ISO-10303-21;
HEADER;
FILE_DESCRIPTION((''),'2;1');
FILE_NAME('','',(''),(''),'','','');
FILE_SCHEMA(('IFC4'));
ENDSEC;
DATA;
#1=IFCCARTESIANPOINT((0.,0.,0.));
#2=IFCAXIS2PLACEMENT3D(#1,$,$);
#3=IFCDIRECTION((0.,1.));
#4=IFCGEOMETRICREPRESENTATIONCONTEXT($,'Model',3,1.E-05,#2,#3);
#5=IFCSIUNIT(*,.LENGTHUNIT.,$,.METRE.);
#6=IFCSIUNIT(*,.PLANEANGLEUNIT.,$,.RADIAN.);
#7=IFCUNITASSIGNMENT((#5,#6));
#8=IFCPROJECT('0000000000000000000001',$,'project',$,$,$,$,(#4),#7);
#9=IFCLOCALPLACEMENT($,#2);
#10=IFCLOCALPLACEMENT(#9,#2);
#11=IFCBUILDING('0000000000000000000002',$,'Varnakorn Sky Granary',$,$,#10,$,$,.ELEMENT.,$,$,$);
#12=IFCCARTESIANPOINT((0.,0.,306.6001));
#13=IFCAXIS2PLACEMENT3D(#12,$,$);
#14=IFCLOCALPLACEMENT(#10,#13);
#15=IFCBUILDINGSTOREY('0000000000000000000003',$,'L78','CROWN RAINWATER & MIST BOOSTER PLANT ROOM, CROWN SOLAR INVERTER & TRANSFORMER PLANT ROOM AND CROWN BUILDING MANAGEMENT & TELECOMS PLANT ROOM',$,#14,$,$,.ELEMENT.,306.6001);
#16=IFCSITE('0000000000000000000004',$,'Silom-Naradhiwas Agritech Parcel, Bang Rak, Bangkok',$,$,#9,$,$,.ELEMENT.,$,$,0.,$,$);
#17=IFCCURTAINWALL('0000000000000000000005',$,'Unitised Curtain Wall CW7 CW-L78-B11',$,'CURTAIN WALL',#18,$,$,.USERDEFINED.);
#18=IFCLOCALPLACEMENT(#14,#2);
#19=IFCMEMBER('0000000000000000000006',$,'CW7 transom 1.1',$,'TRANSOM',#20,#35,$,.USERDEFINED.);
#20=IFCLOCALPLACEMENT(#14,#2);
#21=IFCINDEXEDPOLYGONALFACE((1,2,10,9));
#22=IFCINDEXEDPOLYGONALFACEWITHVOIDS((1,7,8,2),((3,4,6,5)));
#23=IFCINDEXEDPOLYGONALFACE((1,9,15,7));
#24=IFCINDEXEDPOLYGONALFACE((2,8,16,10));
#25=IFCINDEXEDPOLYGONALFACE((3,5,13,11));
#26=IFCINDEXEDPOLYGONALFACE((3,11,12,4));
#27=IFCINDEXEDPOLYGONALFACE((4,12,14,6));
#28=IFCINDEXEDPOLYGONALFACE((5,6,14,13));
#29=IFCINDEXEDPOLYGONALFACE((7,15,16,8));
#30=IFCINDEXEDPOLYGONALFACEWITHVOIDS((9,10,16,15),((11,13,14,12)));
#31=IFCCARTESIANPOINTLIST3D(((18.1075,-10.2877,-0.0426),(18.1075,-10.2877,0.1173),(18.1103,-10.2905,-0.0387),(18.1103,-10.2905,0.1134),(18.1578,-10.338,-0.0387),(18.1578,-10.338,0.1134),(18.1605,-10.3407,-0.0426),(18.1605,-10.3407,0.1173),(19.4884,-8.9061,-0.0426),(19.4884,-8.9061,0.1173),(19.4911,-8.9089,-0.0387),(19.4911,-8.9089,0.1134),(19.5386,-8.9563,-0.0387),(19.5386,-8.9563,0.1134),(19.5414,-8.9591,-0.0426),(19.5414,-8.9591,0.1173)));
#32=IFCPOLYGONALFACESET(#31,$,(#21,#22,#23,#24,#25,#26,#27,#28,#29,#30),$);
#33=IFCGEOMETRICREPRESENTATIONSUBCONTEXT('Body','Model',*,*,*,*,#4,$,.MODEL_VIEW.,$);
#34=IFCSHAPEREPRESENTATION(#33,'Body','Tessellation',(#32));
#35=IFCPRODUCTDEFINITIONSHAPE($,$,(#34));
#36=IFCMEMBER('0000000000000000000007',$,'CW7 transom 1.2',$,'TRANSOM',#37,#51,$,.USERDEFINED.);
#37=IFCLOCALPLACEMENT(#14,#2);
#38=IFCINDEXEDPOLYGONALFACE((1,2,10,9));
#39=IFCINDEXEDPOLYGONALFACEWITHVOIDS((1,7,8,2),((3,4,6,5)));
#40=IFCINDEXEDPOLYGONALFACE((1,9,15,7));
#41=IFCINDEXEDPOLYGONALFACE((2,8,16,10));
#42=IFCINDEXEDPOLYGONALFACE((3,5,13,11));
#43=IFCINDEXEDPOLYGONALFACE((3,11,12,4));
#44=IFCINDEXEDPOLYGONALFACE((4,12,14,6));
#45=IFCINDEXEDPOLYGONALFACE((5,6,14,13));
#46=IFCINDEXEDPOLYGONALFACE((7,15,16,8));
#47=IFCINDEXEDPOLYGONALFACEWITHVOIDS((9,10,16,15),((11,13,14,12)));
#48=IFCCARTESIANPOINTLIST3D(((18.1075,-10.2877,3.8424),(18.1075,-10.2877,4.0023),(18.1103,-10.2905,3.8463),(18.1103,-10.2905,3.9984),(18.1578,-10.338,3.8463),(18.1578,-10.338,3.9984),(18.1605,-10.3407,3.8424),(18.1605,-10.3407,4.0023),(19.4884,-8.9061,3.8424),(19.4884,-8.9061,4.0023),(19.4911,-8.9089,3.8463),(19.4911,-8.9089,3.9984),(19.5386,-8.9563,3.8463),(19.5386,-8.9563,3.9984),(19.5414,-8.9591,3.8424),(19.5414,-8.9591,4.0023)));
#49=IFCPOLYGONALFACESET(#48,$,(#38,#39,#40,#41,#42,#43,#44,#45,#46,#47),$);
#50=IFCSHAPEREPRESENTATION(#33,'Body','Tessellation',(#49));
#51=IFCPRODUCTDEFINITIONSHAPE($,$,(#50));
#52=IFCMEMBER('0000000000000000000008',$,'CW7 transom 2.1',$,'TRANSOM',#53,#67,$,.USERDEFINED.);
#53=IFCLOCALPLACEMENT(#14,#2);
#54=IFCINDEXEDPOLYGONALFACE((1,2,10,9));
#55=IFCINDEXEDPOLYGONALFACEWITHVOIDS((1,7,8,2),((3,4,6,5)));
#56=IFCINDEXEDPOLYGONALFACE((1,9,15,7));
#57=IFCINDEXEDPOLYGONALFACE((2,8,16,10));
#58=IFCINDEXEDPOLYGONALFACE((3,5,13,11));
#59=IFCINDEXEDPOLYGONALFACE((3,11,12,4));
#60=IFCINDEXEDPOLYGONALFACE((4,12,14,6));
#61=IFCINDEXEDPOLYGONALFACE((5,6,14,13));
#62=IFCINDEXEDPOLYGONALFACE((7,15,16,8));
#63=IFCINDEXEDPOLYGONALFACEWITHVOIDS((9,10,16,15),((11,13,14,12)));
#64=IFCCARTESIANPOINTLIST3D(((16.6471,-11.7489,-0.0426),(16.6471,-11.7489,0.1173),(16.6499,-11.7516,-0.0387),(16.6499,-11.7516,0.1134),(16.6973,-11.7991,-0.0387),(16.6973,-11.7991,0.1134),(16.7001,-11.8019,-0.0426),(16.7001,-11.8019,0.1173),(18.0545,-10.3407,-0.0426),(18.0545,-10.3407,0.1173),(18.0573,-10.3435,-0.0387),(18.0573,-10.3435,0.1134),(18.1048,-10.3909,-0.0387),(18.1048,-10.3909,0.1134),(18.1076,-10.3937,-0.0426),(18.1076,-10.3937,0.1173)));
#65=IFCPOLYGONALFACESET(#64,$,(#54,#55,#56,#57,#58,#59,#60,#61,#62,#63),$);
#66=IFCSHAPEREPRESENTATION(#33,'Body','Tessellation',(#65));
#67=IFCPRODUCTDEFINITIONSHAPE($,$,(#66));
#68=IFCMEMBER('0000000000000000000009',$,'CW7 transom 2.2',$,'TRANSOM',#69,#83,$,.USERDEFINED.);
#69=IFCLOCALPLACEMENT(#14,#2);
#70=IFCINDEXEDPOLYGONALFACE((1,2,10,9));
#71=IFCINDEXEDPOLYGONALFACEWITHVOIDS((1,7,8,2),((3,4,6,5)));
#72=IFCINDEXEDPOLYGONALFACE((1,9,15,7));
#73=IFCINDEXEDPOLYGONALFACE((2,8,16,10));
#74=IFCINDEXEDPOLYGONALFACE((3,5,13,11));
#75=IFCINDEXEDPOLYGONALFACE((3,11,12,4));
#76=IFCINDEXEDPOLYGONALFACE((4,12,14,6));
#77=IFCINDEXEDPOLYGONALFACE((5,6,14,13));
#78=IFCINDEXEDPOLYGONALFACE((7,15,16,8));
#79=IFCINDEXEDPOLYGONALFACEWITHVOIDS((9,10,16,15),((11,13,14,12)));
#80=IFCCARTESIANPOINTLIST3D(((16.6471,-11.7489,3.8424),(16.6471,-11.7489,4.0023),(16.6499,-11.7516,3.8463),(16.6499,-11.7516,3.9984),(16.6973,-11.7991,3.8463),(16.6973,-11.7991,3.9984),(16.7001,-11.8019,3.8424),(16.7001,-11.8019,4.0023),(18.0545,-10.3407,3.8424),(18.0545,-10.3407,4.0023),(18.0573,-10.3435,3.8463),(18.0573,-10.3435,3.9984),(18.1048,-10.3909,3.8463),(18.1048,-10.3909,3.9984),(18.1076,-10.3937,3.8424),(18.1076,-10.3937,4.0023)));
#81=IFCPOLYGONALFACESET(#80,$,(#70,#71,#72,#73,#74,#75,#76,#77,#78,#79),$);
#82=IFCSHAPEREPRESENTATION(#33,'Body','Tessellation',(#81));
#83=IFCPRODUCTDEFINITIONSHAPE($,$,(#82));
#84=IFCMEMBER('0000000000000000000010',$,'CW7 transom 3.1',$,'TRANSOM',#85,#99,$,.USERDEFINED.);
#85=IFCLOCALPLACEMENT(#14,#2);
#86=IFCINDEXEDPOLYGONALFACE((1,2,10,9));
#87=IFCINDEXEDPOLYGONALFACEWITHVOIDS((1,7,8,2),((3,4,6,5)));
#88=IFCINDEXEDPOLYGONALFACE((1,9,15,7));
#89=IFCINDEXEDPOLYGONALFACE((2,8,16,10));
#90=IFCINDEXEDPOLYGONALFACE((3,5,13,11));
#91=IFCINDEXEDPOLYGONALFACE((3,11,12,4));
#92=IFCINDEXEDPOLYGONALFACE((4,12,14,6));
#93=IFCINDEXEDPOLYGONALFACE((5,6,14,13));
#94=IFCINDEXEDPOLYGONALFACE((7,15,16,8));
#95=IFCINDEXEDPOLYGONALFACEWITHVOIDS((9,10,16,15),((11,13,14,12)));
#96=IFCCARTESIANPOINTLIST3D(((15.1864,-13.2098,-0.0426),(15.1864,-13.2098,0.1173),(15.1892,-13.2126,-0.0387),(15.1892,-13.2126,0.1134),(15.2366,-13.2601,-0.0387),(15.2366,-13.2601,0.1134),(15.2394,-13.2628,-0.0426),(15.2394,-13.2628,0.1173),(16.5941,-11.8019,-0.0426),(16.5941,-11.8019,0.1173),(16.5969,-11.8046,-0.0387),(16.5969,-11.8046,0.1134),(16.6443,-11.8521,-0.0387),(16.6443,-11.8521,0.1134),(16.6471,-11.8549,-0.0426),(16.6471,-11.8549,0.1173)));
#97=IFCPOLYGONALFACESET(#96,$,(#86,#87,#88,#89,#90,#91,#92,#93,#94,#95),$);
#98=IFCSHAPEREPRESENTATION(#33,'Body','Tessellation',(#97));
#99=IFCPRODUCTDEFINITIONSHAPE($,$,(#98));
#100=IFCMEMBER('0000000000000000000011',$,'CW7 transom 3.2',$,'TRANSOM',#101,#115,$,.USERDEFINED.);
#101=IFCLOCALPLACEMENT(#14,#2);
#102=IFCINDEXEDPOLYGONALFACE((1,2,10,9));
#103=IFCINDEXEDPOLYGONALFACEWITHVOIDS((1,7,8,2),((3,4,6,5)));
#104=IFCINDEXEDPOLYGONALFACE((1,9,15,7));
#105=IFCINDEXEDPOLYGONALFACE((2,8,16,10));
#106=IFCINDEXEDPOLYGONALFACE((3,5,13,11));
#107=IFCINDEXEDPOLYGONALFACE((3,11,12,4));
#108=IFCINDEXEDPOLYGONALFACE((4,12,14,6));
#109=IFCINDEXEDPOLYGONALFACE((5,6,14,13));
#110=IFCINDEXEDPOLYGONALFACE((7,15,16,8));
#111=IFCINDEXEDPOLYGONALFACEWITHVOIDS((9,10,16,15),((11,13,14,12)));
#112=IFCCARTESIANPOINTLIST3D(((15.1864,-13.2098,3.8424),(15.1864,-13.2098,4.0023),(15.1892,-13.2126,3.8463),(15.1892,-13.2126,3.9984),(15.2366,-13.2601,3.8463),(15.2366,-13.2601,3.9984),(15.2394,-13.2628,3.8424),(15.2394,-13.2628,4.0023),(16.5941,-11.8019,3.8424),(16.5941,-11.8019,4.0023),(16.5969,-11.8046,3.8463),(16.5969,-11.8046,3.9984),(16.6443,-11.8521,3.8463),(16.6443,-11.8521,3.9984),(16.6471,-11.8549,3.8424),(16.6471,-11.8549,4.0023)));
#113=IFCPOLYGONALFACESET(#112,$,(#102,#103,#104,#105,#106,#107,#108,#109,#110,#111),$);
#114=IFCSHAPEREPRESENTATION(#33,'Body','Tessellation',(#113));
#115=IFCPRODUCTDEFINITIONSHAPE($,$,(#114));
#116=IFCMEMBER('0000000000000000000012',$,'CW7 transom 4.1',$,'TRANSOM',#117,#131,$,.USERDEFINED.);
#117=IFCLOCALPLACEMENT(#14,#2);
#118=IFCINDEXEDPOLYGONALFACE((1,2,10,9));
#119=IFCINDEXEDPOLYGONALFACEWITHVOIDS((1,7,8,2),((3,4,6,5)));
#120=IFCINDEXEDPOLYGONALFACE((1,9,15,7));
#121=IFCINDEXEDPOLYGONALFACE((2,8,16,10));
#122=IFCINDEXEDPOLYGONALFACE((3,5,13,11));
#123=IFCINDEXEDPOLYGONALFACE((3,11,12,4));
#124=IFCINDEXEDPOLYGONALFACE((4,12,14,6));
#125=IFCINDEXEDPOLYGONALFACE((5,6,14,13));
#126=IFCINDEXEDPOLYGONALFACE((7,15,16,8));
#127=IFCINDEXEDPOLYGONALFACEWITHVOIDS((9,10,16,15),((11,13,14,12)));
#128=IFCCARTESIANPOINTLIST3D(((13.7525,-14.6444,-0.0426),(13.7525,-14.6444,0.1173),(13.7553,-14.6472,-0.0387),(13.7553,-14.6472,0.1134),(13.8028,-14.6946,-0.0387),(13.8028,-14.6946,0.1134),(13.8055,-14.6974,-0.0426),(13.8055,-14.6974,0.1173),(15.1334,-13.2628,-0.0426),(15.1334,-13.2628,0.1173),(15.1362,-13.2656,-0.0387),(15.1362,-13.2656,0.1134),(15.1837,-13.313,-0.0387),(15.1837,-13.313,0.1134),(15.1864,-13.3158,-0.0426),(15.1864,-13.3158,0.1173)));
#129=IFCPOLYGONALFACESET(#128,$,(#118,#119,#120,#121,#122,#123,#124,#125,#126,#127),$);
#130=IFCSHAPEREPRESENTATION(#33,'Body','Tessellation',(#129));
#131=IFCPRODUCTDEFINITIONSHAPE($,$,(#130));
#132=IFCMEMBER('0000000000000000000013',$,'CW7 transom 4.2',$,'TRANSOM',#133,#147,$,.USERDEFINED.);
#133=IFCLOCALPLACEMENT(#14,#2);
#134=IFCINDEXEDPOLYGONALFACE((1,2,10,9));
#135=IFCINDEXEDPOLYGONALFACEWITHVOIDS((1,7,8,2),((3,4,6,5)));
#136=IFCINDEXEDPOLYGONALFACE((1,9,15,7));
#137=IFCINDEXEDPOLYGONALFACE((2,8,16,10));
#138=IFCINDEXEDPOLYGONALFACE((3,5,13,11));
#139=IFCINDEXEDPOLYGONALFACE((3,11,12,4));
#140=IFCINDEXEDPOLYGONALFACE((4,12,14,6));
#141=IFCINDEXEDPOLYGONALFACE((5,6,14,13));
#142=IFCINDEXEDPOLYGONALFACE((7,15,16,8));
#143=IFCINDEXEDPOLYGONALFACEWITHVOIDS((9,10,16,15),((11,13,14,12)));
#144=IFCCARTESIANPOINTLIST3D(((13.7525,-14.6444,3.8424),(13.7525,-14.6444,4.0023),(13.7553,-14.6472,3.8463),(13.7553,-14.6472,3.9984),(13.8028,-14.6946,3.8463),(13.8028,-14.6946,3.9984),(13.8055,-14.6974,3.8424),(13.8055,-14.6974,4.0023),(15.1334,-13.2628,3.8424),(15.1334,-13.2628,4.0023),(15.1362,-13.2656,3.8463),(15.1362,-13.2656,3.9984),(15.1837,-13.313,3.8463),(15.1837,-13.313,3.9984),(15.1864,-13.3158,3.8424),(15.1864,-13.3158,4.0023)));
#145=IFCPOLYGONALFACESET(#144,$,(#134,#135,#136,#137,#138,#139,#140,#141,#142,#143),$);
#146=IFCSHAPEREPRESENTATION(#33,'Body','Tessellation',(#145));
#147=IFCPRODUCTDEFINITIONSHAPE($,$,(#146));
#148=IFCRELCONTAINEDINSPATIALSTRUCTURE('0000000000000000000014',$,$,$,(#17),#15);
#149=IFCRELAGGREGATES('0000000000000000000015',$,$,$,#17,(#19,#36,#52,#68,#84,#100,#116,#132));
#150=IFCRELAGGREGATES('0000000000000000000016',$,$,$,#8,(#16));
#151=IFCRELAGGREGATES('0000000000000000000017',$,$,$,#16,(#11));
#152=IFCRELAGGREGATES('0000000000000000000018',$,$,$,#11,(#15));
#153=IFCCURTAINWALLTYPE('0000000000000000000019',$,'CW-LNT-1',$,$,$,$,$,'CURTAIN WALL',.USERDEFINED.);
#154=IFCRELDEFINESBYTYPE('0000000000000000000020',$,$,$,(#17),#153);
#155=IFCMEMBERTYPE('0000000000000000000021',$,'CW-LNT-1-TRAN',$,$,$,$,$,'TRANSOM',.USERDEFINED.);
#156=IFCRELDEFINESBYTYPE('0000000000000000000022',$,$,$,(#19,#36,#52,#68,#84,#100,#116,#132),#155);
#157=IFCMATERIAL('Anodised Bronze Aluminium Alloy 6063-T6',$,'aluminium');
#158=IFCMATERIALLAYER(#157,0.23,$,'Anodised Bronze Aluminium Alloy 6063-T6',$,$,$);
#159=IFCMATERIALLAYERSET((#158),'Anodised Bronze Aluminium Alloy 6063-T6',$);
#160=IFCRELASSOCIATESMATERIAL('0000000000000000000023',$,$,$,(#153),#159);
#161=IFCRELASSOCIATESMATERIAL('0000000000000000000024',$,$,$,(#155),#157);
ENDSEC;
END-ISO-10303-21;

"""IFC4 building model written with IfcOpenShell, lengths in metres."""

from ifc_helpers import new_model, si_unit, direction, frame, origin, origin_2d, place, context, subcontext, project, spatial, hollow_rectangle, extrude, material, layer, layer_set, material_profile, profile_set, type_object, element, aggregate, save


model = new_model("IFC4")

# Units and contexts
model_context = context("Model", 3, precision=1e-05, world=origin(), true_north=direction((0.0, 1.0)))
body_context = subcontext(model_context, "Body", "Model", "MODEL_VIEW")
ifc_project = project(units=[si_unit("LENGTHUNIT", "METRE"), si_unit("PLANEANGLEUNIT", "RADIAN")], contexts=[model_context])

# Site, building, storey
site_placement = place(None, origin())
site = spatial("IfcSite", under=ifc_project, at=site_placement, Name="Silom-Naradhiwas Agritech Parcel, Bang Rak, Bangkok", CompositionType="ELEMENT", RefElevation=0.0)
building_placement = place(site_placement, origin())
building = spatial("IfcBuilding", under=site, at=building_placement, Name="Varnakorn Sky Granary", CompositionType="ELEMENT")
storey_placement = place(building_placement, frame((0.0, 0.0, 306.6001)))
storey = spatial("IfcBuildingStorey", under=building, at=storey_placement, Name="L78", Description="CROWN RAINWATER & MIST BOOSTER PLANT ROOM, CROWN SOLAR INVERTER & TRANSFORMER PLANT ROOM AND CROWN BUILDING MANAGEMENT & TELECOMS PLANT ROOM", CompositionType="ELEMENT", Elevation=306.6001)

# Curtain wall, members
ifc_material_1 = material(Name="Anodised Bronze Aluminium Alloy 6063-T6", Category="aluminium")
ifc_layer_1 = layer(ifc_material_1, 0.23, Name="Anodised Bronze Aluminium Alloy 6063-T6")
ifc_layer_set_1 = layer_set([ifc_layer_1], Name="Anodised Bronze Aluminium Alloy 6063-T6")
curtain_wall_type = type_object("IfcCurtainWallType", Name="CW-LNT-1", ElementType="CURTAIN WALL", PredefinedType="USERDEFINED", material=ifc_layer_set_1)
curtain_wall_placement = place(storey_placement, origin())
curtain_wall = element("IfcCurtainWall", 1, at=curtain_wall_placement, inside=storey, type_object=curtain_wall_type, Name="Unitised Curtain Wall CW7 CW-L78-B11", ObjectType="CURTAIN WALL", PredefinedType="USERDEFINED")
ifc_material_profile_1 = material_profile(ifc_material_1, hollow_rectangle(XDim=0.075, YDim=0.1599, WallThickness=0.0039, at=origin_2d()), Name="ALU TRAN 75x160")
ifc_profile_set_1 = profile_set([ifc_material_profile_1], Name="Anodised Bronze Aluminium Alloy 6063-T6")
member_type_1 = type_object("IfcMemberType", Name="CW-LNT-1-TRAN", ElementType="TRANSOM", PredefinedType="USERDEFINED", material=ifc_profile_set_1)
member_1_placement = place(storey_placement, frame((19.5149, -8.9326, 0.0374), z_axis=(-0.706919, -0.707294, 0.0), x_axis=(0.707294, -0.706919, 0.0)))
member_1 = element("IfcMember", 2, at=member_1_placement, type_object=member_type_1, Name="CW7 transom 1.1", ObjectType="TRANSOM", PredefinedType="USERDEFINED", context=body_context, shape_type="SweptSolid", body=[
    extrude(hollow_rectangle(XDim=0.075, YDim=0.1599, WallThickness=0.0039, at=origin_2d()), origin(), (0.0, 0.0, 1.0), 1.9534),
])
member_2_placement = place(storey_placement, frame((19.5149, -8.9326, 3.9224), z_axis=(-0.706919, -0.707294, 0.0), x_axis=(0.707294, -0.706919, 0.0)))
member_2 = element("IfcMember", 3, at=member_2_placement, type_object=member_type_1, Name="CW7 transom 1.2", ObjectType="TRANSOM", PredefinedType="USERDEFINED", context=body_context, shape_type="SweptSolid", body=[
    extrude(hollow_rectangle(XDim=0.075, YDim=0.1599, WallThickness=0.0039, at=origin_2d()), origin(), (0.0, 0.0, 1.0), 1.9534),
])
member_3_placement = place(storey_placement, frame((18.0811, -10.3672, 0.0374), z_axis=(-0.706923, -0.707291, 0.0), x_axis=(0.707291, -0.706923, 0.0)))
member_3 = element("IfcMember", 4, at=member_3_placement, type_object=member_type_1, Name="CW7 transom 2.1", ObjectType="TRANSOM", PredefinedType="USERDEFINED", context=body_context, shape_type="SweptSolid", body=[
    extrude(hollow_rectangle(XDim=0.075, YDim=0.1599, WallThickness=0.0039, at=origin_2d()), origin(), (0.0, 0.0, 1.0), 1.991),
])
member_4_placement = place(storey_placement, frame((18.0811, -10.3672, 3.9224), z_axis=(-0.706923, -0.707291, 0.0), x_axis=(0.707291, -0.706923, 0.0)))
member_4 = element("IfcMember", 5, at=member_4_placement, type_object=member_type_1, Name="CW7 transom 2.2", ObjectType="TRANSOM", PredefinedType="USERDEFINED", context=body_context, shape_type="SweptSolid", body=[
    extrude(hollow_rectangle(XDim=0.075, YDim=0.1599, WallThickness=0.0039, at=origin_2d()), origin(), (0.0, 0.0, 1.0), 1.991),
])
member_5_placement = place(storey_placement, frame((16.6206, -11.8284, 0.0374), z_axis=(-0.707045, -0.707168, 0.0), x_axis=(0.707168, -0.707045, 0.0)))
member_5 = element("IfcMember", 6, at=member_5_placement, type_object=member_type_1, Name="CW7 transom 3.1", ObjectType="TRANSOM", PredefinedType="USERDEFINED", context=body_context, shape_type="SweptSolid", body=[
    extrude(hollow_rectangle(XDim=0.075, YDim=0.1599, WallThickness=0.0039, at=origin_2d()), origin(), (0.0, 0.0, 1.0), 1.991),
])
member_6_placement = place(storey_placement, frame((16.6206, -11.8284, 3.9224), z_axis=(-0.707045, -0.707168, 0.0), x_axis=(0.707168, -0.707045, 0.0)))
member_6 = element("IfcMember", 7, at=member_6_placement, type_object=member_type_1, Name="CW7 transom 3.2", ObjectType="TRANSOM", PredefinedType="USERDEFINED", context=body_context, shape_type="SweptSolid", body=[
    extrude(hollow_rectangle(XDim=0.075, YDim=0.1599, WallThickness=0.0039, at=origin_2d()), origin(), (0.0, 0.0, 1.0), 1.991),
])
member_7_placement = place(storey_placement, frame((15.1599, -13.2893, 0.0374), z_axis=(-0.706919, -0.707294, 0.0), x_axis=(0.707294, -0.706919, 0.0)))
member_7 = element("IfcMember", 8, at=member_7_placement, type_object=member_type_1, Name="CW7 transom 4.1", ObjectType="TRANSOM", PredefinedType="USERDEFINED", context=body_context, shape_type="SweptSolid", body=[
    extrude(hollow_rectangle(XDim=0.075, YDim=0.1599, WallThickness=0.0039, at=origin_2d()), origin(), (0.0, 0.0, 1.0), 1.9534),
])
member_8_placement = place(storey_placement, frame((15.1599, -13.2893, 3.9224), z_axis=(-0.706919, -0.707294, 0.0), x_axis=(0.707294, -0.706919, 0.0)))
member_8 = element("IfcMember", 9, at=member_8_placement, type_object=member_type_1, Name="CW7 transom 4.2", ObjectType="TRANSOM", PredefinedType="USERDEFINED", context=body_context, shape_type="SweptSolid", body=[
    extrude(hollow_rectangle(XDim=0.075, YDim=0.1599, WallThickness=0.0039, at=origin_2d()), origin(), (0.0, 0.0, 1.0), 1.9534),
])

aggregate(curtain_wall, [member_1, member_2, member_3, member_4, member_5, member_6, member_7, member_8])

save(model, "model.ifc")
